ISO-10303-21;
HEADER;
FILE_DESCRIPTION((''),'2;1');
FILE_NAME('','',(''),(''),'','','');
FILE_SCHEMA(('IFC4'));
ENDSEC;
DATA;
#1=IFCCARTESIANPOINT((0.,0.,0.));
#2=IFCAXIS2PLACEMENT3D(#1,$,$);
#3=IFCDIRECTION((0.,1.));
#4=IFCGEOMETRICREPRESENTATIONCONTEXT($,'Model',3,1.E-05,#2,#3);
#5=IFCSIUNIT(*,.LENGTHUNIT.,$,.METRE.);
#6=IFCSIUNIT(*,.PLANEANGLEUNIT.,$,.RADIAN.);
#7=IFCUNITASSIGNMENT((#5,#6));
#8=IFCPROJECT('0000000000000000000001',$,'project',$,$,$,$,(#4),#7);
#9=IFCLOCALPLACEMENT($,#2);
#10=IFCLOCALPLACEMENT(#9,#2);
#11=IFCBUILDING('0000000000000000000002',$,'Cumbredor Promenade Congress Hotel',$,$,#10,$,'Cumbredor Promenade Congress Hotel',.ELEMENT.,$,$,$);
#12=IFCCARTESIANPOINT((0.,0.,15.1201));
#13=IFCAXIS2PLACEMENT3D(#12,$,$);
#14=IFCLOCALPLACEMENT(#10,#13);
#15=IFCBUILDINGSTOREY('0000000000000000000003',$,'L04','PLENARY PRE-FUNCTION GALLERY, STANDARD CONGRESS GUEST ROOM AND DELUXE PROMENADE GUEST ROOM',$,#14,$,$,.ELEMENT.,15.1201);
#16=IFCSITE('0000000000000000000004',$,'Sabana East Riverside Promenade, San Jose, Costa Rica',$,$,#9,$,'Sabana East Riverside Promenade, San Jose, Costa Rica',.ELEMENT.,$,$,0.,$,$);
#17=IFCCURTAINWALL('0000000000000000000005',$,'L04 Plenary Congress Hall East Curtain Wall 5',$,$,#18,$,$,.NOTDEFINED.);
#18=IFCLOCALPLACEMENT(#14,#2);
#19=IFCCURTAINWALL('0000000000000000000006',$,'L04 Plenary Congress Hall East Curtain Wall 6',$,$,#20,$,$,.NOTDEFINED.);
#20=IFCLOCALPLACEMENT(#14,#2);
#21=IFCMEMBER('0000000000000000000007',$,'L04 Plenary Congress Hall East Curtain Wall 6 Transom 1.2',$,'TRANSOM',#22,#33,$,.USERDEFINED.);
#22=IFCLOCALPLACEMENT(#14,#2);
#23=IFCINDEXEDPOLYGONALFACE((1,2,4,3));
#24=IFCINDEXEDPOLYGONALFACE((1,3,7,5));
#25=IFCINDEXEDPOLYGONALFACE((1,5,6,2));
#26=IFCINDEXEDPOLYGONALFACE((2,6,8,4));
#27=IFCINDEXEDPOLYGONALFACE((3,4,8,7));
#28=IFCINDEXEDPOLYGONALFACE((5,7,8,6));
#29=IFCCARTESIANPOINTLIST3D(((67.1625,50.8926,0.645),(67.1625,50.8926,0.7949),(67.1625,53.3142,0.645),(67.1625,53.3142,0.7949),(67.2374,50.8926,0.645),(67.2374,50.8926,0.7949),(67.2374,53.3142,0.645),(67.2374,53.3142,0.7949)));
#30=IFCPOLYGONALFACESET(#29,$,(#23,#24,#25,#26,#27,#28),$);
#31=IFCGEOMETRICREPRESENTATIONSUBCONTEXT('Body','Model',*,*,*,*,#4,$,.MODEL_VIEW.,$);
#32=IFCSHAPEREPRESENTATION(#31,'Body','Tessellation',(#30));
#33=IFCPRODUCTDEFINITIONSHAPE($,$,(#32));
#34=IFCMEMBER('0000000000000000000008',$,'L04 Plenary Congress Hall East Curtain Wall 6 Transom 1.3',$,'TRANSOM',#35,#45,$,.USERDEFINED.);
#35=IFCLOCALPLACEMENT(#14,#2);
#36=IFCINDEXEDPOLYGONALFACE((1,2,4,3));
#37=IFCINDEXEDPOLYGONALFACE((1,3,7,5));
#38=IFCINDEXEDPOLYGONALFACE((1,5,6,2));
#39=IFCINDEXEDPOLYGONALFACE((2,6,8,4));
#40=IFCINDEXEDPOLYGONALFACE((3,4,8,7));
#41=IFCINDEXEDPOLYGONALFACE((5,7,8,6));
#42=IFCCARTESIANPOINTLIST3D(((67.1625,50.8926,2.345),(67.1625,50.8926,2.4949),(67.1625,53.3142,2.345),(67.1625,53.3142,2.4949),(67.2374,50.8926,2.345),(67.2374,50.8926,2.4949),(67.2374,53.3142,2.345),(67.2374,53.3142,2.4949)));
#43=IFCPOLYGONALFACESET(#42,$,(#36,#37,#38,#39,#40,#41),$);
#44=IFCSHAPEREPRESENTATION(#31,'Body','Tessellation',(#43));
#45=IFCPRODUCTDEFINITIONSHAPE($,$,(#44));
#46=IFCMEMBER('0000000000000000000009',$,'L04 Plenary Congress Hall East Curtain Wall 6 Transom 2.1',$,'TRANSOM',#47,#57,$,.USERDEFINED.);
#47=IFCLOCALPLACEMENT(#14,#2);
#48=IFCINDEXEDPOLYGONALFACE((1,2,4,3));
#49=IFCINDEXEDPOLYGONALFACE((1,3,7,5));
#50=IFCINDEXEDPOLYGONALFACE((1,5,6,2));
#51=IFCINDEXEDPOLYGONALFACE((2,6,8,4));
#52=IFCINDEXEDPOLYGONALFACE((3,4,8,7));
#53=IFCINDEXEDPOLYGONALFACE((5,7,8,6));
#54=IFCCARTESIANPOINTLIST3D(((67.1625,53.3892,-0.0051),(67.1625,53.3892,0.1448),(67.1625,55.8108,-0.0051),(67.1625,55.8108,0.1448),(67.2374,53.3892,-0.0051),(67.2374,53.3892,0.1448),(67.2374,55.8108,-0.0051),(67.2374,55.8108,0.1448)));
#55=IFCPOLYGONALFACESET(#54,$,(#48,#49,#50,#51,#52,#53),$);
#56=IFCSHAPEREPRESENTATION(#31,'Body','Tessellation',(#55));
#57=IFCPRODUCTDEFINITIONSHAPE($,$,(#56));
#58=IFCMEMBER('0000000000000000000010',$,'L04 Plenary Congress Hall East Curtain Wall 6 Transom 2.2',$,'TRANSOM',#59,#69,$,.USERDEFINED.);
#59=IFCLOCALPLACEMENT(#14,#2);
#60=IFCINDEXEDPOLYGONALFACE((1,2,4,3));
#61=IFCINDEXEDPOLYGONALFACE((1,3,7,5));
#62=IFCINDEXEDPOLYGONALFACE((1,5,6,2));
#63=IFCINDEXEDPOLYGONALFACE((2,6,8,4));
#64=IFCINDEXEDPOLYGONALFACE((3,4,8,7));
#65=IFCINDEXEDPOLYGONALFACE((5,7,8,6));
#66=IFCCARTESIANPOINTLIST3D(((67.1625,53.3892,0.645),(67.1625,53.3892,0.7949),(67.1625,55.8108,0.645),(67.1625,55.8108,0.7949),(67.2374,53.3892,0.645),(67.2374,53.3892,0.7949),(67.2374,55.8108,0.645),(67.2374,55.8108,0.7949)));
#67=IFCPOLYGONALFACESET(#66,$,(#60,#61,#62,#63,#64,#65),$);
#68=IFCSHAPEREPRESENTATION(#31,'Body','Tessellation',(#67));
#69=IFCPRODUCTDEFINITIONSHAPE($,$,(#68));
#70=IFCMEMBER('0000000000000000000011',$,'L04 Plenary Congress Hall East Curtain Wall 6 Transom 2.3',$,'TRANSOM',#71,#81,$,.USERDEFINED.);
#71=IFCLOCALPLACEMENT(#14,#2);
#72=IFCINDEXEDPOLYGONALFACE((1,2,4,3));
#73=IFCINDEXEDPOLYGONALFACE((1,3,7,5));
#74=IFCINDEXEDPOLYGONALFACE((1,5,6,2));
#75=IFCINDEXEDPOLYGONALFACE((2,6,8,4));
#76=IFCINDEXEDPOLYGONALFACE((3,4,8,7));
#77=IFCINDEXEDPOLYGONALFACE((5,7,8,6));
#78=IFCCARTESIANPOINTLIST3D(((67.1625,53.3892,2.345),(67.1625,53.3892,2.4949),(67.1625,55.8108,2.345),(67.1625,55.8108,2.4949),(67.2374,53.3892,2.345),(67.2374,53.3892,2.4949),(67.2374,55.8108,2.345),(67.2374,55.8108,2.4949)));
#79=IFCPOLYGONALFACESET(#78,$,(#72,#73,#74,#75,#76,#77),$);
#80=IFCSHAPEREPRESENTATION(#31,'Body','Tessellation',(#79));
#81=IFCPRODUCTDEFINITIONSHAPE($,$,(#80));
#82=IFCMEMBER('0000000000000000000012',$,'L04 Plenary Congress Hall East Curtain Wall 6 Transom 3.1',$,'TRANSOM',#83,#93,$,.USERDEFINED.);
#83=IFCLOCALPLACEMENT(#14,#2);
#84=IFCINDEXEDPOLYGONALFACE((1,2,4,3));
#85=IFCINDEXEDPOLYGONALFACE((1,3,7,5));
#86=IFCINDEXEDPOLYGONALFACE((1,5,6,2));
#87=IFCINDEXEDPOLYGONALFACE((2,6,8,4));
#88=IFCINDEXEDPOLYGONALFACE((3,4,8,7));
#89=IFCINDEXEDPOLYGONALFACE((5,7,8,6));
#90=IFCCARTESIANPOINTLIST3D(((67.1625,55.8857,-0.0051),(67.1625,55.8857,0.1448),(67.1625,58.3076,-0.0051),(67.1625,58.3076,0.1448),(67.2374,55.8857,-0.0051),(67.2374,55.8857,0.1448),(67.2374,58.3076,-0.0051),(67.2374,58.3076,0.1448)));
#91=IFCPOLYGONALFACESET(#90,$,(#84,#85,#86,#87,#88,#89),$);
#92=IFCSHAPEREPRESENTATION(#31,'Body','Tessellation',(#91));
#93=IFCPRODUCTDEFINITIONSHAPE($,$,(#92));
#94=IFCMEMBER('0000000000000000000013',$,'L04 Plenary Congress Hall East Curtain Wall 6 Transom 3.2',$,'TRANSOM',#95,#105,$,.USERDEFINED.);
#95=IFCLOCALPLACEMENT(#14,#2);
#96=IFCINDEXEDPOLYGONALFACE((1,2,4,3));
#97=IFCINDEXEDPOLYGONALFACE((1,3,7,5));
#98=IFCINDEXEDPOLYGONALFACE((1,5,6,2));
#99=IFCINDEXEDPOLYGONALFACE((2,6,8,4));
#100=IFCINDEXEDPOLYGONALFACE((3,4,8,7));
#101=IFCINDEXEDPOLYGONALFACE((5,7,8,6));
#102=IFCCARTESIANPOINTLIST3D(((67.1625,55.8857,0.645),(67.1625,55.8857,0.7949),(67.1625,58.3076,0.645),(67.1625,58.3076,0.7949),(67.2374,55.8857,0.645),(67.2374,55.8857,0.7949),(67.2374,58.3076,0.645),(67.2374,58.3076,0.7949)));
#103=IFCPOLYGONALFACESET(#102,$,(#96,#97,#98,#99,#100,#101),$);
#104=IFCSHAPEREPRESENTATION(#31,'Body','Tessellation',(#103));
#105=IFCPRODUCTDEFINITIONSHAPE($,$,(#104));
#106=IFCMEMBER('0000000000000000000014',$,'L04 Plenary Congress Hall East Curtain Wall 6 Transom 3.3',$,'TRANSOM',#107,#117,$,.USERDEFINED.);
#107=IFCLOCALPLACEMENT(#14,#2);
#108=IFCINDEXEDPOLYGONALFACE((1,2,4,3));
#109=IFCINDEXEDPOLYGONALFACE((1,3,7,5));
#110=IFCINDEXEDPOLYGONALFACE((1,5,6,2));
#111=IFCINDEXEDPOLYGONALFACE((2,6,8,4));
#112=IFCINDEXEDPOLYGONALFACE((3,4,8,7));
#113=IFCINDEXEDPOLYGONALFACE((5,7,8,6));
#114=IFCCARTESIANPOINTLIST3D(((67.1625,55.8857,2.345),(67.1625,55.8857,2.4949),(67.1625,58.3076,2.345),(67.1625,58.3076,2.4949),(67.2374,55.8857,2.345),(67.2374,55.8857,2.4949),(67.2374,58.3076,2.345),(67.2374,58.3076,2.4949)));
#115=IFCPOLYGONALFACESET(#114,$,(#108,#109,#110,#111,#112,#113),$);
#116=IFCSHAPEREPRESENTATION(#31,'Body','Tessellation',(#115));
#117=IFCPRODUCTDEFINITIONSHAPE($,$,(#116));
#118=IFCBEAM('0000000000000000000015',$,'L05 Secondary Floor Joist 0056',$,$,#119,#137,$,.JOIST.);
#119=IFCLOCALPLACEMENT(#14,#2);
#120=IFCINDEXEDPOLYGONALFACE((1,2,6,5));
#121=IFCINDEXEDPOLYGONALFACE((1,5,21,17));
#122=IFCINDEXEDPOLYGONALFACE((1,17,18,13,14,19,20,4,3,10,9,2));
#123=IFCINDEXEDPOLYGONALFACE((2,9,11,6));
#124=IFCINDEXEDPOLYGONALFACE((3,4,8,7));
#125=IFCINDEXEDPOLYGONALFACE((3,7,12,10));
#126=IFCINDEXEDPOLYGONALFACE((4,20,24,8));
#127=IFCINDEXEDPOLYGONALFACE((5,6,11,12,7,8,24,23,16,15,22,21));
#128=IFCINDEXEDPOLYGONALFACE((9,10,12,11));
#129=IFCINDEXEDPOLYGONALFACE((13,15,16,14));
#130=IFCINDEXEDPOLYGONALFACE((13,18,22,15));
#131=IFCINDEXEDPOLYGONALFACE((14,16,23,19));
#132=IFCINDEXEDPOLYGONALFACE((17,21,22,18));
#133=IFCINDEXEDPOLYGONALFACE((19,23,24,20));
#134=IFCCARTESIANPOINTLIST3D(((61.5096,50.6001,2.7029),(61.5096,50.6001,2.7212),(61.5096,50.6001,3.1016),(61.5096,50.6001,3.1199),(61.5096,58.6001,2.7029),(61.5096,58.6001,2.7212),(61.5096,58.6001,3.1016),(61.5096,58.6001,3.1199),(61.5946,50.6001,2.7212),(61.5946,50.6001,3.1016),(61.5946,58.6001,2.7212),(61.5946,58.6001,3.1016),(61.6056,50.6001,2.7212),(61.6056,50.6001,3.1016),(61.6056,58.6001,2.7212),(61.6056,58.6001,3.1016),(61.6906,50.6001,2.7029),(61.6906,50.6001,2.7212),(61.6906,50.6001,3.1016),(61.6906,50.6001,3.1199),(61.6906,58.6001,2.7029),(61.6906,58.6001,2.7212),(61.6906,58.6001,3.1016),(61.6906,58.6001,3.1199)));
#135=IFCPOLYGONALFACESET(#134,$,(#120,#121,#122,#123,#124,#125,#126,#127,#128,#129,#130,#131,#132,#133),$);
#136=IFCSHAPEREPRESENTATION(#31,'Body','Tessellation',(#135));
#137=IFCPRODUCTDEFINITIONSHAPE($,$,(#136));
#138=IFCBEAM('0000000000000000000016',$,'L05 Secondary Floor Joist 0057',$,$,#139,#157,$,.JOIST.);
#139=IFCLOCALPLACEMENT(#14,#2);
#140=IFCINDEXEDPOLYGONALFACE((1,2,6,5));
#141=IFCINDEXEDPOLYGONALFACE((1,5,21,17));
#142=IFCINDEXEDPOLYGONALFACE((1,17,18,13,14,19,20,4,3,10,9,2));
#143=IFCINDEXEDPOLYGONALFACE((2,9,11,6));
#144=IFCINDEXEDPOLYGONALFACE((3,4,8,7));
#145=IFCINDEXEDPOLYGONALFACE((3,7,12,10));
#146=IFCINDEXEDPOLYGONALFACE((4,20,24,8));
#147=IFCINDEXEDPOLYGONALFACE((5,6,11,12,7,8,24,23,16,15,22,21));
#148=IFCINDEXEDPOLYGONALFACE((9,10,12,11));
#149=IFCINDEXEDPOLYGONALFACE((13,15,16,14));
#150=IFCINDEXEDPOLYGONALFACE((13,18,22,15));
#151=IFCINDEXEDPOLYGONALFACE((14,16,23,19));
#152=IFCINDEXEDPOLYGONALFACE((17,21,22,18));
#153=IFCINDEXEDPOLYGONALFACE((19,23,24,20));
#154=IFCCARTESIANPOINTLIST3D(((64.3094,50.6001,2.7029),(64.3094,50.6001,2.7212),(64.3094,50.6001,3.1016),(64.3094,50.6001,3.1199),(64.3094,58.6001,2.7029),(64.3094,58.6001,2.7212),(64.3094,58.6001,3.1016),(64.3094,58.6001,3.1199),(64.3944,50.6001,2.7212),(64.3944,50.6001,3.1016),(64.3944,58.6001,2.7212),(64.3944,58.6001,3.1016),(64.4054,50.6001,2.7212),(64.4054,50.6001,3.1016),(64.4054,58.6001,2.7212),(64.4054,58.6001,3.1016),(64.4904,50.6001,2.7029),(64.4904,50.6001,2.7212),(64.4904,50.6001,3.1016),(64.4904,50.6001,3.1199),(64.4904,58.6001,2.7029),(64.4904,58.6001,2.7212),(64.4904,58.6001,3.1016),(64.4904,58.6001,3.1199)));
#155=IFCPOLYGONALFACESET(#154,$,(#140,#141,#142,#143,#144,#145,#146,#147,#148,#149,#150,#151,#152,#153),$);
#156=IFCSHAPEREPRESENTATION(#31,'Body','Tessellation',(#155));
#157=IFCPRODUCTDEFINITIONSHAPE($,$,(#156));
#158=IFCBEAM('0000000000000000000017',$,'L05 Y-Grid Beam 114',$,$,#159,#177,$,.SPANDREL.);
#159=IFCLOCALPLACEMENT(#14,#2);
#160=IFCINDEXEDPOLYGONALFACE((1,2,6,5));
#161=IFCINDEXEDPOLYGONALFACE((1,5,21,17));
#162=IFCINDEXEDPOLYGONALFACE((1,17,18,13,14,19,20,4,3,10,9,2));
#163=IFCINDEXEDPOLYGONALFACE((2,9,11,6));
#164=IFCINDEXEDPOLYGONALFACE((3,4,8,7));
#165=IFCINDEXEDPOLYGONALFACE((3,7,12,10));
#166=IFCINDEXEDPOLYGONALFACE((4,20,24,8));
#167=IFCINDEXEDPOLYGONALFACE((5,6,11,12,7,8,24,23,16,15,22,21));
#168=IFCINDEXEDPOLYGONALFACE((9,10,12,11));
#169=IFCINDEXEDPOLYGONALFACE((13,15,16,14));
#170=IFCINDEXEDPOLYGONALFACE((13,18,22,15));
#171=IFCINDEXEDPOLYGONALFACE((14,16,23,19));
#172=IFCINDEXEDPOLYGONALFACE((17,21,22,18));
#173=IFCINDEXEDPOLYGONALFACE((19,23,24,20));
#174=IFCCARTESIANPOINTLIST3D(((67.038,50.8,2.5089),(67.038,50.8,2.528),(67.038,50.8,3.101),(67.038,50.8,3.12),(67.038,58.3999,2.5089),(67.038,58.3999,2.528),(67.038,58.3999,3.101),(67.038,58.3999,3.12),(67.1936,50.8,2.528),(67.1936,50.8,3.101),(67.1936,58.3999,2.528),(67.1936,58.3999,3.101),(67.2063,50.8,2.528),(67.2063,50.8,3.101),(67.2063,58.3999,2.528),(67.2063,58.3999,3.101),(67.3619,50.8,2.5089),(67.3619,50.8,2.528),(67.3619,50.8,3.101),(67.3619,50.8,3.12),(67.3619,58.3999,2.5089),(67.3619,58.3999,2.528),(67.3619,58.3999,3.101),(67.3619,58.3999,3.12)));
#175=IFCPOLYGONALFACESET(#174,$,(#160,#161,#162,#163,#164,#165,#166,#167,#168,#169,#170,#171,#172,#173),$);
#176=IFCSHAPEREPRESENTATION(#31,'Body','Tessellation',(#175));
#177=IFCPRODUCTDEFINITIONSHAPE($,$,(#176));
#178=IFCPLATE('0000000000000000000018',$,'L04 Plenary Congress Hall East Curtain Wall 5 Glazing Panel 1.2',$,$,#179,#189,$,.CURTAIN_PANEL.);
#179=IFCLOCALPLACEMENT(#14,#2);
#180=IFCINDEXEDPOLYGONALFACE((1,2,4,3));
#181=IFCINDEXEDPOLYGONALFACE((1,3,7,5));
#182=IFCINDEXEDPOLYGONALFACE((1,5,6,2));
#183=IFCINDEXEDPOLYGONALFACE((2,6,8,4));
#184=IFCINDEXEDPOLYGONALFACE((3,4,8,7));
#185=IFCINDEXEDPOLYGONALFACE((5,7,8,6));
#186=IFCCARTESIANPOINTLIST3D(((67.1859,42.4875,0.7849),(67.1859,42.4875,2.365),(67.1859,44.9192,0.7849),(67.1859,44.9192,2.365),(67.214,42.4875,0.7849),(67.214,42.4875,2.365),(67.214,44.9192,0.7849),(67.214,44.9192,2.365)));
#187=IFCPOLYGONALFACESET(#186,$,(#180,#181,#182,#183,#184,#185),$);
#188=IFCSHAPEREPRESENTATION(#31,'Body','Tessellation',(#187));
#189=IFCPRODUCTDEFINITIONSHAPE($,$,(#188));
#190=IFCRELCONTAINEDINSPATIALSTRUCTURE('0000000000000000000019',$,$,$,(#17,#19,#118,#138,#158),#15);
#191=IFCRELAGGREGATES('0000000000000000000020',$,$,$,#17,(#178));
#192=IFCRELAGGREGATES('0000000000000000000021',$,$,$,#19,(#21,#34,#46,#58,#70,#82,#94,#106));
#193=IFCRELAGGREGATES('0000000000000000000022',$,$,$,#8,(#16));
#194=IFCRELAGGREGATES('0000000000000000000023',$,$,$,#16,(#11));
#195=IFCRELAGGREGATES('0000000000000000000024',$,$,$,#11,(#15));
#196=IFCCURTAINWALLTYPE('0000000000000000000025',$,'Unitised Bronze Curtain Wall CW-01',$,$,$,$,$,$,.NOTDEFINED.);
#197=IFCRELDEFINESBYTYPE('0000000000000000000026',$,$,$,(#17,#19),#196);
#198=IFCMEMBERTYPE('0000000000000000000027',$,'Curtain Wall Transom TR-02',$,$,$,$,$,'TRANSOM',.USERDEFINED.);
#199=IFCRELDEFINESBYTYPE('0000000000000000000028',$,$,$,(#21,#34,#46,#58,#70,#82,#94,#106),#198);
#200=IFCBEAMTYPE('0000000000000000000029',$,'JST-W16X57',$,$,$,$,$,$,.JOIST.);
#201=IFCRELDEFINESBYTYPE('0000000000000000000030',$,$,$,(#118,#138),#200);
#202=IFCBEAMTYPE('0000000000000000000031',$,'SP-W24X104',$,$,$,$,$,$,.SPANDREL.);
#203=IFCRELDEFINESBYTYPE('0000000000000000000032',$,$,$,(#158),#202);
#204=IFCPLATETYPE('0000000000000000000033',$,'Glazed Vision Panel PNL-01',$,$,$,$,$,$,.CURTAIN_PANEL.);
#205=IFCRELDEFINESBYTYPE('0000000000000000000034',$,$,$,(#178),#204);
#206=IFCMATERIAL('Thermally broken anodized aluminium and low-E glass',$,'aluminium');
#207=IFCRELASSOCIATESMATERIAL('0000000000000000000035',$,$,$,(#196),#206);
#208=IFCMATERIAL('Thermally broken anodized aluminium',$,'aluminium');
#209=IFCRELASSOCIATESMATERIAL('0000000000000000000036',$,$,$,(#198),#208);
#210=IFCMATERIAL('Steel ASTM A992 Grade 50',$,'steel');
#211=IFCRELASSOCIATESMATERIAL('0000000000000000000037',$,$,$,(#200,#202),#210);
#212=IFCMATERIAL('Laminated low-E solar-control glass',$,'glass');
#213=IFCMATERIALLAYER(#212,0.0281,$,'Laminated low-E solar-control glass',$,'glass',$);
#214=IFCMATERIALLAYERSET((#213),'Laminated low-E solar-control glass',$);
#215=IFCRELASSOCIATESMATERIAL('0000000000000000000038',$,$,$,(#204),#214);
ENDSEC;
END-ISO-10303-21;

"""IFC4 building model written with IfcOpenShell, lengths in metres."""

from ifc_helpers import new_model, si_unit, direction, frame, origin, origin_2d, place, context, subcontext, project, spatial, rectangle, i_section, extrude, material, layer, layer_set, material_profile, profile_set, type_object, element, aggregate, save


model = new_model("IFC4")

# Units and contexts
model_context = context("Model", 3, precision=1e-05, world=origin(), true_north=direction((0.0, 1.0)))
body_context = subcontext(model_context, "Body", "Model", "MODEL_VIEW")
ifc_project = project(units=[si_unit("LENGTHUNIT", "METRE"), si_unit("PLANEANGLEUNIT", "RADIAN")], contexts=[model_context])

# Site, building, storey
site_placement = place(None, origin())
site = spatial("IfcSite", under=ifc_project, at=site_placement, Name="Sabana East Riverside Promenade, San Jose, Costa Rica", LongName="Sabana East Riverside Promenade, San Jose, Costa Rica", CompositionType="ELEMENT", RefElevation=0.0)
building_placement = place(site_placement, origin())
building = spatial("IfcBuilding", under=site, at=building_placement, Name="Cumbredor Promenade Congress Hotel", LongName="Cumbredor Promenade Congress Hotel", CompositionType="ELEMENT")
storey_placement = place(building_placement, frame((0.0, 0.0, 15.1201)))
storey = spatial("IfcBuildingStorey", under=building, at=storey_placement, Name="L04", Description="PLENARY PRE-FUNCTION GALLERY, STANDARD CONGRESS GUEST ROOM AND DELUXE PROMENADE GUEST ROOM", CompositionType="ELEMENT", Elevation=15.1201)

# Curtain walls
ifc_material_1 = material(Name="Thermally broken anodized aluminium and low-E glass", Category="aluminium")
curtain_wall_type = type_object("IfcCurtainWallType", Name="Unitised Bronze Curtain Wall CW-01", PredefinedType="NOTDEFINED", material=ifc_material_1)
curtain_wall_1_placement = place(storey_placement, origin())
curtain_wall_1 = element("IfcCurtainWall", 1, at=curtain_wall_1_placement, inside=storey, type_object=curtain_wall_type, Name="L04 Plenary Congress Hall East Curtain Wall 5", PredefinedType="NOTDEFINED")
ifc_material_2 = material(Name="Thermally broken anodized aluminium", Category="aluminium")
curtain_wall_2_placement = place(storey_placement, origin())
curtain_wall_2 = element("IfcCurtainWall", 2, at=curtain_wall_2_placement, inside=storey, type_object=curtain_wall_type, Name="L04 Plenary Congress Hall East Curtain Wall 6", PredefinedType="NOTDEFINED")

# Members
ifc_material_profile_1 = material_profile(ifc_material_2, rectangle(XDim=0.075, YDim=0.1499, at=origin_2d()), Name="ALU TRANSOM 75x150")
ifc_profile_set_1 = profile_set([ifc_material_profile_1], Name="Thermally broken anodized aluminium")
member_type_1 = type_object("IfcMemberType", Name="Curtain Wall Transom TR-02", ElementType="TRANSOM", PredefinedType="USERDEFINED", material=ifc_profile_set_1)
member_1_placement = place(storey_placement, frame((67.2, 50.8926, 0.72), z_axis=(0.0, 1.0, 0.0), x_axis=(-1.0, 0.0, 0.0)))
member_1 = element("IfcMember", 3, at=member_1_placement, type_object=member_type_1, Name="L04 Plenary Congress Hall East Curtain Wall 6 Transom 1.2", ObjectType="TRANSOM", PredefinedType="USERDEFINED", context=body_context, shape_type="SweptSolid", body=[
    extrude(rectangle(XDim=0.075, YDim=0.1499, at=origin_2d()), origin(), (0.0, 0.0, 1.0), 2.4216),
])
member_2_placement = place(storey_placement, frame((67.2, 50.8926, 2.4199), z_axis=(0.0, 1.0, 0.0), x_axis=(-1.0, 0.0, 0.0)))
member_2 = element("IfcMember", 4, at=member_2_placement, type_object=member_type_1, Name="L04 Plenary Congress Hall East Curtain Wall 6 Transom 1.3", ObjectType="TRANSOM", PredefinedType="USERDEFINED", context=body_context, shape_type="SweptSolid", body=[
    extrude(rectangle(XDim=0.075, YDim=0.1499, at=origin_2d()), origin(), (0.0, 0.0, 1.0), 2.4216),
])
member_3_placement = place(storey_placement, frame((67.2, 53.3892, 0.0698), z_axis=(0.0, 1.0, 0.0), x_axis=(-1.0, 0.0, 0.0)))
member_3 = element("IfcMember", 5, at=member_3_placement, type_object=member_type_1, Name="L04 Plenary Congress Hall East Curtain Wall 6 Transom 2.1", ObjectType="TRANSOM", PredefinedType="USERDEFINED", context=body_context, shape_type="SweptSolid", body=[
    extrude(rectangle(XDim=0.075, YDim=0.1499, at=origin_2d()), origin(), (0.0, 0.0, 1.0), 2.4216),
])
member_4_placement = place(storey_placement, frame((67.2, 53.3892, 0.72), z_axis=(0.0, 1.0, 0.0), x_axis=(-1.0, 0.0, 0.0)))
member_4 = element("IfcMember", 6, at=member_4_placement, type_object=member_type_1, Name="L04 Plenary Congress Hall East Curtain Wall 6 Transom 2.2", ObjectType="TRANSOM", PredefinedType="USERDEFINED", context=body_context, shape_type="SweptSolid", body=[
    extrude(rectangle(XDim=0.075, YDim=0.1499, at=origin_2d()), origin(), (0.0, 0.0, 1.0), 2.4216),
])
member_5_placement = place(storey_placement, frame((67.2, 53.3892, 2.4199), z_axis=(0.0, 1.0, 0.0), x_axis=(-1.0, 0.0, 0.0)))
member_5 = element("IfcMember", 7, at=member_5_placement, type_object=member_type_1, Name="L04 Plenary Congress Hall East Curtain Wall 6 Transom 2.3", ObjectType="TRANSOM", PredefinedType="USERDEFINED", context=body_context, shape_type="SweptSolid", body=[
    extrude(rectangle(XDim=0.075, YDim=0.1499, at=origin_2d()), origin(), (0.0, 0.0, 1.0), 2.4216),
])
member_6_placement = place(storey_placement, frame((67.2, 55.8857, 0.0698), z_axis=(0.0, 1.0, 0.0), x_axis=(-1.0, 0.0, 0.0)))
member_6 = element("IfcMember", 8, at=member_6_placement, type_object=member_type_1, Name="L04 Plenary Congress Hall East Curtain Wall 6 Transom 3.1", ObjectType="TRANSOM", PredefinedType="USERDEFINED", context=body_context, shape_type="SweptSolid", body=[
    extrude(rectangle(XDim=0.075, YDim=0.1499, at=origin_2d()), origin(), (0.0, 0.0, 1.0), 2.4219),
])
member_7_placement = place(storey_placement, frame((67.2, 55.8857, 0.72), z_axis=(0.0, 1.0, 0.0), x_axis=(-1.0, 0.0, 0.0)))
member_7 = element("IfcMember", 9, at=member_7_placement, type_object=member_type_1, Name="L04 Plenary Congress Hall East Curtain Wall 6 Transom 3.2", ObjectType="TRANSOM", PredefinedType="USERDEFINED", context=body_context, shape_type="SweptSolid", body=[
    extrude(rectangle(XDim=0.075, YDim=0.1499, at=origin_2d()), origin(), (0.0, 0.0, 1.0), 2.4219),
])
member_8_placement = place(storey_placement, frame((67.2, 55.8857, 2.4199), z_axis=(0.0, 1.0, 0.0), x_axis=(-1.0, 0.0, 0.0)))
member_8 = element("IfcMember", 10, at=member_8_placement, type_object=member_type_1, Name="L04 Plenary Congress Hall East Curtain Wall 6 Transom 3.3", ObjectType="TRANSOM", PredefinedType="USERDEFINED", context=body_context, shape_type="SweptSolid", body=[
    extrude(rectangle(XDim=0.075, YDim=0.1499, at=origin_2d()), origin(), (0.0, 0.0, 1.0), 2.4219),
])

# Beams
ifc_material_3 = material(Name="Steel ASTM A992 Grade 50", Category="steel")
ifc_material_profile_2 = material_profile(ifc_material_3, i_section(OverallWidth=0.1809, OverallDepth=0.417, WebThickness=0.011, FlangeThickness=0.0183, at=origin_2d()), Name="W16X57")
ifc_profile_set_2 = profile_set([ifc_material_profile_2], Name="Steel ASTM A992 Grade 50")
beam_type_1 = type_object("IfcBeamType", Name="JST-W16X57", PredefinedType="JOIST", material=ifc_profile_set_2)
for number, where, z_axis, x_axis, name in (
    (11, (61.6001, 50.6001, 2.9114), (0.0, 1.0, 0.0), (-1.0, 0.0, 0.0), "L05 Secondary Floor Joist 0056"),
    (12, (64.3999, 50.6001, 2.9114), (0.0, 1.0, 0.0), (-1.0, 0.0, 0.0), "L05 Secondary Floor Joist 0057"),
):
    element("IfcBeam", number, at=place(storey_placement, frame(where, z_axis=z_axis, x_axis=x_axis)), inside=storey, type_object=beam_type_1, Name=name, PredefinedType="JOIST", context=body_context, shape_type="SweptSolid", body=[
        extrude(i_section(OverallWidth=0.1809, OverallDepth=0.417, WebThickness=0.011, FlangeThickness=0.0183, at=origin_2d()), origin(), (0.0, 0.0, 1.0), 8.0),
    ])
ifc_material_profile_3 = material_profile(ifc_material_3, i_section(OverallWidth=0.324, OverallDepth=0.6111, WebThickness=0.0127, FlangeThickness=0.019, at=origin_2d()), Name="W24X104")
ifc_profile_set_3 = profile_set([ifc_material_profile_3], Name="Steel ASTM A992 Grade 50")
beam_type_2 = type_object("IfcBeamType", Name="SP-W24X104", PredefinedType="SPANDREL", material=ifc_profile_set_3)
beam_placement = place(storey_placement, frame((67.2, 50.8, 2.8145), z_axis=(0.0, 1.0, 0.0), x_axis=(-1.0, 0.0, 0.0)))
element("IfcBeam", 13, at=beam_placement, inside=storey, type_object=beam_type_2, Name="L05 Y-Grid Beam 114", PredefinedType="SPANDREL", context=body_context, shape_type="SweptSolid", body=[
    extrude(i_section(OverallWidth=0.324, OverallDepth=0.6111, WebThickness=0.0127, FlangeThickness=0.019, at=origin_2d()), origin(), (0.0, 0.0, 1.0), 7.5999),
])

# Plate
ifc_material_4 = material(Name="Laminated low-E solar-control glass", Category="glass")
ifc_layer_1 = layer(ifc_material_4, 0.0281, Name="Laminated low-E solar-control glass", Category="glass")
ifc_layer_set_1 = layer_set([ifc_layer_1], Name="Laminated low-E solar-control glass")
plate_type_1 = type_object("IfcPlateType", Name="Glazed Vision Panel PNL-01", PredefinedType="CURTAIN_PANEL", material=ifc_layer_set_1)
plate_1_placement = place(storey_placement, frame((67.2, 43.7034, 0.7849), z_axis=(0.0, 0.0, 1.0), x_axis=(0.0, 1.0, 0.0)))
plate_1 = element("IfcPlate", 14, at=plate_1_placement, type_object=plate_type_1, Name="L04 Plenary Congress Hall East Curtain Wall 5 Glazing Panel 1.2", PredefinedType="CURTAIN_PANEL", context=body_context, shape_type="SweptSolid", body=[
    extrude(rectangle(XDim=2.4316, YDim=0.0281, at=origin_2d()), origin(), (0.0, 0.0, 1.0), 1.5801),
])
aggregate(curtain_wall_1, [plate_1])
aggregate(curtain_wall_2, [member_1, member_2, member_3, member_4, member_5, member_6, member_7, member_8])

save(model, "model.ifc")
